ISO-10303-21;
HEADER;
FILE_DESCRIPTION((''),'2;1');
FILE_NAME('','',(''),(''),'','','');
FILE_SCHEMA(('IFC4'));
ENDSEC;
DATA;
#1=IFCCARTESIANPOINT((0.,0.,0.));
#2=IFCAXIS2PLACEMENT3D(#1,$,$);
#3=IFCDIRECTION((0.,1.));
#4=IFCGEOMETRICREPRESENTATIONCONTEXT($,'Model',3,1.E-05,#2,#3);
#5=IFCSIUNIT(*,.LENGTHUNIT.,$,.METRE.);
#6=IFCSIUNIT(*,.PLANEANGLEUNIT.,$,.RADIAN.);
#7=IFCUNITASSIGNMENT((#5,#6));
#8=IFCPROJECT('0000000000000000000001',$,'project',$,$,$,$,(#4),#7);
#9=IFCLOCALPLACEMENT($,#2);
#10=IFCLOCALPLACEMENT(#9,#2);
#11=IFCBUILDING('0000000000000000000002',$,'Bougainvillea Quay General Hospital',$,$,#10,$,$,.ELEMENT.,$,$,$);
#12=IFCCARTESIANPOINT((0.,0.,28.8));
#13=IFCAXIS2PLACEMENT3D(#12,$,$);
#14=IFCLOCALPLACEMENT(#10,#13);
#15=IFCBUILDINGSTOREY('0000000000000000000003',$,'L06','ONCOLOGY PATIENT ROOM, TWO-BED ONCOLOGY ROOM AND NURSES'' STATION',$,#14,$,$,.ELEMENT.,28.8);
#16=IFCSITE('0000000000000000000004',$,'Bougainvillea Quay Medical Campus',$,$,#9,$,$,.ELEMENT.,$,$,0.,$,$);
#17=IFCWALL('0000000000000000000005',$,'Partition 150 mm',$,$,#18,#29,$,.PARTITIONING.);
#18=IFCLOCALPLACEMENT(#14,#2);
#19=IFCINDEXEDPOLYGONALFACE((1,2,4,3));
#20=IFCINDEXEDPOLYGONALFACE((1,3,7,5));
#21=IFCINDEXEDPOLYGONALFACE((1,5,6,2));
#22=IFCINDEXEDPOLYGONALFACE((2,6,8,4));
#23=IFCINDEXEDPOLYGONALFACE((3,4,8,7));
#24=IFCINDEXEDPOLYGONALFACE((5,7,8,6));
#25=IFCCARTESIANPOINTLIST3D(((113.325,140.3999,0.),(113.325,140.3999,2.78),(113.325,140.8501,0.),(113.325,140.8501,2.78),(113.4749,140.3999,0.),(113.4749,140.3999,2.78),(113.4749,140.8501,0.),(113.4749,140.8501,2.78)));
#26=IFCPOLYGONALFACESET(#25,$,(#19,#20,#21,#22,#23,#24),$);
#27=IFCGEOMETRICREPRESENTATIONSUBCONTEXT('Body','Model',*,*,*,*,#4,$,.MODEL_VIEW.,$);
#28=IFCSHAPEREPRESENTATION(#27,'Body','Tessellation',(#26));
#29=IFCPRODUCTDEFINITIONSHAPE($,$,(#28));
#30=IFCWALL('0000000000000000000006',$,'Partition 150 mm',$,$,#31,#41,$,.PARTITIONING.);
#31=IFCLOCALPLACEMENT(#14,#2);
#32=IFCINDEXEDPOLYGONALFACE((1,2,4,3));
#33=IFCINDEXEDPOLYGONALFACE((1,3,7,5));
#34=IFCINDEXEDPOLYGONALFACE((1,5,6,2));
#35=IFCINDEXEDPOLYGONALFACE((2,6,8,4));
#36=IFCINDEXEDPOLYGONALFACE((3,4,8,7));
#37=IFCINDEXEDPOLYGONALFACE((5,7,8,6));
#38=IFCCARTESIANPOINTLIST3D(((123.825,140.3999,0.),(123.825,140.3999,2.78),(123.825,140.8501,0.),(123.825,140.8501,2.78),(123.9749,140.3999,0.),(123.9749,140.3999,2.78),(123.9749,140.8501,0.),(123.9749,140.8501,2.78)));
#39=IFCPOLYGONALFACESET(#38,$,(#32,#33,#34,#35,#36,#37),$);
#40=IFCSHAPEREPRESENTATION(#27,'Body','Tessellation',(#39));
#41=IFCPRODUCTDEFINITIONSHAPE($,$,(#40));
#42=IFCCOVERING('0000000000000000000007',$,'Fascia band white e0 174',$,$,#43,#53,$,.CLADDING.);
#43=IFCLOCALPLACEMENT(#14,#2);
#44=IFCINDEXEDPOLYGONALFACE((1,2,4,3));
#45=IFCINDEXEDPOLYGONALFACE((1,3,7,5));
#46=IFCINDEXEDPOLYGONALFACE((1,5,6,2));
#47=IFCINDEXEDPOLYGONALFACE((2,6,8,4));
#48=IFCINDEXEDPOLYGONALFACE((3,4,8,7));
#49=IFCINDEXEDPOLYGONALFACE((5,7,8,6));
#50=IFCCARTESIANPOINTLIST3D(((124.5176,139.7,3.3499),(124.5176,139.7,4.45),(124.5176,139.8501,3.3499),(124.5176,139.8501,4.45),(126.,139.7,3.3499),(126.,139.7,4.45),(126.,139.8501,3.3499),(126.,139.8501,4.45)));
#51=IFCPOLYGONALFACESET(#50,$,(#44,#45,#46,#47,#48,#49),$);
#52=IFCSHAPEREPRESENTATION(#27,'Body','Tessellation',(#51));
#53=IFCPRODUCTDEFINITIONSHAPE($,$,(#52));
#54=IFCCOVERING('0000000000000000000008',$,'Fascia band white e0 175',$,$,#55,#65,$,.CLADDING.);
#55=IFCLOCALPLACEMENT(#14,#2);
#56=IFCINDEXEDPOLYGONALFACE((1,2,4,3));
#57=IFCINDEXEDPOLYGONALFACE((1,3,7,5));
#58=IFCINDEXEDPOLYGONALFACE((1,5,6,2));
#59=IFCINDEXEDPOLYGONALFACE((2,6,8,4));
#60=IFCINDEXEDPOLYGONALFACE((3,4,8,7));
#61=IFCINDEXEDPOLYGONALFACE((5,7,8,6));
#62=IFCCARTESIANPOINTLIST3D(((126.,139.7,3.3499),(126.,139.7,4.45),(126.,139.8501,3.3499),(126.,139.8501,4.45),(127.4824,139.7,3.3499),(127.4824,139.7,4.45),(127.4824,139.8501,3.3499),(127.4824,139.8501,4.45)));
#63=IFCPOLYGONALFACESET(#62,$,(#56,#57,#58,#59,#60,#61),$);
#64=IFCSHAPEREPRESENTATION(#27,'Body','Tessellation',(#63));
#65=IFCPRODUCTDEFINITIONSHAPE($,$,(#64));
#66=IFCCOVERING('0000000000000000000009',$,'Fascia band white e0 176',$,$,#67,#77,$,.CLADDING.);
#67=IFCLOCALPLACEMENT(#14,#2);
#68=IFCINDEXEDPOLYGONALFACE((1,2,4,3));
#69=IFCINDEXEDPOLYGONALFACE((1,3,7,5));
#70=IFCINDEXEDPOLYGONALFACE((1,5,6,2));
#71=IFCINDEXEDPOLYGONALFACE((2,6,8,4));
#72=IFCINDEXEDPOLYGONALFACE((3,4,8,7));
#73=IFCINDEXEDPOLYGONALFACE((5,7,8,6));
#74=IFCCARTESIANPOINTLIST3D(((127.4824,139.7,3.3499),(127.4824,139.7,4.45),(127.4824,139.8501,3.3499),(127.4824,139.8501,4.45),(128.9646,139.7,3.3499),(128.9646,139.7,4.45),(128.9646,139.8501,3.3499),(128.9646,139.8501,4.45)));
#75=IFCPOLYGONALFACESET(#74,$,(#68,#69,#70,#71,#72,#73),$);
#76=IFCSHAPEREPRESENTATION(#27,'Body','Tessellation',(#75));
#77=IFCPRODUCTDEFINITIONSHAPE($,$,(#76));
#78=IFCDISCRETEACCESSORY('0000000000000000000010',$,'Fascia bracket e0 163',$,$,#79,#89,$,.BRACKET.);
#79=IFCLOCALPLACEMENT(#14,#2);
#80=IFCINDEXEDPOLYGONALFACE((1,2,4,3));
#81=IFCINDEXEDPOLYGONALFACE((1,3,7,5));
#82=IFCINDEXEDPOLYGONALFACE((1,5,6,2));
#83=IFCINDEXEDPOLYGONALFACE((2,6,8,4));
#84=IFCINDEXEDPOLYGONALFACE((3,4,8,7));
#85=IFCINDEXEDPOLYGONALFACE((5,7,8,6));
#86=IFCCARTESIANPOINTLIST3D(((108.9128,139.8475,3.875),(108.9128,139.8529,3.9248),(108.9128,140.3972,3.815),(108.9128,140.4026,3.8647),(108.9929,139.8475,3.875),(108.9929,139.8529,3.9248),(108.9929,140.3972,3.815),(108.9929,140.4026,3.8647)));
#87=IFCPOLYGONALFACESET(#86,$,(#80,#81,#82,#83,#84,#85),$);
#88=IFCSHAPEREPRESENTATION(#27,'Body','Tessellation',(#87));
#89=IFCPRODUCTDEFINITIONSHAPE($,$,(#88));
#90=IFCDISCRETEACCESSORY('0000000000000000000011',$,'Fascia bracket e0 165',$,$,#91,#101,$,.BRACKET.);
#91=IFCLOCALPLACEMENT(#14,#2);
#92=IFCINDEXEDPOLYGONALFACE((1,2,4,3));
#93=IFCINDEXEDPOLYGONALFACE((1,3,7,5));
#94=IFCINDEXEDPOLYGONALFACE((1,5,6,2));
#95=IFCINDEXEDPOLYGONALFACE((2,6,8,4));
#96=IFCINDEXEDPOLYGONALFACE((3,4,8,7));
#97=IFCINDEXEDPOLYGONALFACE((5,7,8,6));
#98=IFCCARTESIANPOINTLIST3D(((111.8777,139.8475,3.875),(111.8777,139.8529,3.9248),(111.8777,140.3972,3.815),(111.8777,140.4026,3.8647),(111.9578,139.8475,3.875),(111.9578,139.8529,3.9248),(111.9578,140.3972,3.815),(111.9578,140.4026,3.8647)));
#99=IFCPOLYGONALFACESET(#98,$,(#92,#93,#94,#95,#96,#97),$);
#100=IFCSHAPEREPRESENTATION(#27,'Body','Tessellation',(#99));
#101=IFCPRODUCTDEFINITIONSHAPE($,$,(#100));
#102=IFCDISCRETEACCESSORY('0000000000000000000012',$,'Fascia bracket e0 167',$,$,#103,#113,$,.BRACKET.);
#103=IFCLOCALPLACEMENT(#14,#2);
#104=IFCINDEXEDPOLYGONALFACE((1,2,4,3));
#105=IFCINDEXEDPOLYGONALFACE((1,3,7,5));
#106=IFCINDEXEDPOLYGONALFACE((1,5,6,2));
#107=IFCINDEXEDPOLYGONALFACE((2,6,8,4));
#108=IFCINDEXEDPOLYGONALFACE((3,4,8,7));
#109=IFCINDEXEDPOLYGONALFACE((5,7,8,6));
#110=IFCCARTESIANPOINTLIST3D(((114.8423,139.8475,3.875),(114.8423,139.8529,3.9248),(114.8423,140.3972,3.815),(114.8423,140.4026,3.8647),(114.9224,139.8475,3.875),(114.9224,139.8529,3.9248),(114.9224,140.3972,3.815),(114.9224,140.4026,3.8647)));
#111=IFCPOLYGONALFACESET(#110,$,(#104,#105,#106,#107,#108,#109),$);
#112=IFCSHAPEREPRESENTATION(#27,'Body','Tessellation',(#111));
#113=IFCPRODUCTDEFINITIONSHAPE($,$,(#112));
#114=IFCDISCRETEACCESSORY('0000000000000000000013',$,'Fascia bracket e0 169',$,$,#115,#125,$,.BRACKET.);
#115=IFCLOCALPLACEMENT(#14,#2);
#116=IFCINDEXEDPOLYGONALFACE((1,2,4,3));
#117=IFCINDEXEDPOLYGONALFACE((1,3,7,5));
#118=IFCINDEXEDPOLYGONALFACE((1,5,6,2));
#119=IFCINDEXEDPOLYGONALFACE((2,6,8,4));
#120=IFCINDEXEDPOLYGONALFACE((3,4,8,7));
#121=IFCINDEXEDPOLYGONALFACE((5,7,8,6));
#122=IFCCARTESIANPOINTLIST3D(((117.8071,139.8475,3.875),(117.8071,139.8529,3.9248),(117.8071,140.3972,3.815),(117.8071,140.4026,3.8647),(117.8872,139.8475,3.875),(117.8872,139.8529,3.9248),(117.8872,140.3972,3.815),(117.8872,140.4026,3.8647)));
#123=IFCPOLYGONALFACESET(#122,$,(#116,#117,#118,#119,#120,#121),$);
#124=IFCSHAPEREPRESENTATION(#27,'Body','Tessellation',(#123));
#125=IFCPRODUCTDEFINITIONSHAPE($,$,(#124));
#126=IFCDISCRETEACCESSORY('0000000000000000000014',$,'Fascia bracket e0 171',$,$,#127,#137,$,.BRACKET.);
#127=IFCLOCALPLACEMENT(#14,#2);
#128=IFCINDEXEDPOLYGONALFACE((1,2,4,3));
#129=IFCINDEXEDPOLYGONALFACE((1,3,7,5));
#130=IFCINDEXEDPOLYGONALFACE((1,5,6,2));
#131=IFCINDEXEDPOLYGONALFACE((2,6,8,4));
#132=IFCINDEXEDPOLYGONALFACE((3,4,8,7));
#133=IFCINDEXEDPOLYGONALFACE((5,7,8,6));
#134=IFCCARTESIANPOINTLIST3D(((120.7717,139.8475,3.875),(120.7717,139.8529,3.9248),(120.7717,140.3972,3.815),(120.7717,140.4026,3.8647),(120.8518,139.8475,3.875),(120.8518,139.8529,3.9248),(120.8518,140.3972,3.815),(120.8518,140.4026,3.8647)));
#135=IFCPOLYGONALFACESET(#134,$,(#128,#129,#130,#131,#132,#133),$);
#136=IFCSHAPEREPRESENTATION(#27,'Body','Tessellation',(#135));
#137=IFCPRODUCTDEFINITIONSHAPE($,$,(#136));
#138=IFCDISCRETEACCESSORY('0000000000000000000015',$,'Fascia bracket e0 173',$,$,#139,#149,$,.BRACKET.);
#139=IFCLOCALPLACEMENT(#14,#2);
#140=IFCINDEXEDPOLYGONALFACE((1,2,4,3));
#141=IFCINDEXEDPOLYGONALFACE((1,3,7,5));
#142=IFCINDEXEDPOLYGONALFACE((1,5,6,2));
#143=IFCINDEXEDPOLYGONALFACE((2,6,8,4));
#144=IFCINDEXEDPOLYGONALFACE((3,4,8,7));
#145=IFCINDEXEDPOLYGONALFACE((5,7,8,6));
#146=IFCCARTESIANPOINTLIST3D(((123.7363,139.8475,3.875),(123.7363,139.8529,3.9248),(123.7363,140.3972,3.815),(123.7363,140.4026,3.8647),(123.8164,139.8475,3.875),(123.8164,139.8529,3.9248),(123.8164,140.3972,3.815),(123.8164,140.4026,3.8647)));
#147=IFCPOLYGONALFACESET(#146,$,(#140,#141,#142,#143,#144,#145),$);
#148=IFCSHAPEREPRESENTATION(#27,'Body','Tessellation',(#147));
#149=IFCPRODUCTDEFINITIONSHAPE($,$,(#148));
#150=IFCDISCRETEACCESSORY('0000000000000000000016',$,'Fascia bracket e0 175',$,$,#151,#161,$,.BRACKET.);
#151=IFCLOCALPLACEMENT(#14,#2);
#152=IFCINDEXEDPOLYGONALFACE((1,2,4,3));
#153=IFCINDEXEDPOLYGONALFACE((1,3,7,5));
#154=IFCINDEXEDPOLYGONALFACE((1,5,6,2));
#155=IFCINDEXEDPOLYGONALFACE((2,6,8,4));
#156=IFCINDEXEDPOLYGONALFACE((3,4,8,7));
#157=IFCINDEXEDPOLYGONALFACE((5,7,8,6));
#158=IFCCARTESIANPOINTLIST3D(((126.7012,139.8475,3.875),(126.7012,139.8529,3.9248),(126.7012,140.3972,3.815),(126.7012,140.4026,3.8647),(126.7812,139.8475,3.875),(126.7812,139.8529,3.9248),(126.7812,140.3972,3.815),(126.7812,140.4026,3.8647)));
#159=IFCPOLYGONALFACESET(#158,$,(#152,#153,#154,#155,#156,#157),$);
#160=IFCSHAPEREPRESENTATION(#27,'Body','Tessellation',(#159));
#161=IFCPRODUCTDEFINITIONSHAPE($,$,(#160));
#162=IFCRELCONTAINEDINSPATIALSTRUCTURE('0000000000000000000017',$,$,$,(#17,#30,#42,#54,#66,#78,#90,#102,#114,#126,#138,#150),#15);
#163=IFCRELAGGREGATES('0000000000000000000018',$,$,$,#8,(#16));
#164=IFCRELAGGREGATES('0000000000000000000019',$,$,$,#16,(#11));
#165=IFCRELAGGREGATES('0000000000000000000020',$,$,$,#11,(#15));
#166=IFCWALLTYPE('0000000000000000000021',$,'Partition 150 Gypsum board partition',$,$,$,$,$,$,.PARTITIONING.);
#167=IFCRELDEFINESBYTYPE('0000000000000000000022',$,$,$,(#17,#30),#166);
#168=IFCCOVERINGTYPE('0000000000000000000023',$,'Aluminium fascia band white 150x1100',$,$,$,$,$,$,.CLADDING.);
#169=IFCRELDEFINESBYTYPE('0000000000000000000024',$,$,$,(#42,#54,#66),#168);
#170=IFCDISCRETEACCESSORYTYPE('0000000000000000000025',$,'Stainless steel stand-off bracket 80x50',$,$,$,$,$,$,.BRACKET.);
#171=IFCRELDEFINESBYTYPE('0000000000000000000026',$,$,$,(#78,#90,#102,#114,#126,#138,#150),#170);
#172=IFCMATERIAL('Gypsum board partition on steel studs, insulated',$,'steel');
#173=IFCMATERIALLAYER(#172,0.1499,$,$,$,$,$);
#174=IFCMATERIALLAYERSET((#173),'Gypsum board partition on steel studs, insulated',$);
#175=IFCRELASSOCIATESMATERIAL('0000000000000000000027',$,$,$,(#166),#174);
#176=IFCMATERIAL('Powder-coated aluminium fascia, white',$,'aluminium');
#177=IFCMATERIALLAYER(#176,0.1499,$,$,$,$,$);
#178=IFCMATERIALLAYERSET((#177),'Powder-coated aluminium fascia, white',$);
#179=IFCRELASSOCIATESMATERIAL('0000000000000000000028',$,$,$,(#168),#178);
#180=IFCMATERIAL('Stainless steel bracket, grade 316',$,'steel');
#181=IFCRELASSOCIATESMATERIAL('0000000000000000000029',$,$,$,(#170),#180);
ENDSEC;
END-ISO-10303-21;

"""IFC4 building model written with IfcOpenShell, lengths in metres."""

from ifc_helpers import new_model, si_unit, direction, frame, frame_2d, origin, origin_2d, place, context, subcontext, project, spatial, polyline, rectangle, outline, extrude, material, layer, layer_set, material_profile, profile_set, type_object, element, save


model = new_model("IFC4")

# Units and contexts
model_context = context("Model", 3, precision=1e-05, world=origin(), true_north=direction((0.0, 1.0)))
body_context = subcontext(model_context, "Body", "Model", "MODEL_VIEW")
ifc_project = project(units=[si_unit("LENGTHUNIT", "METRE"), si_unit("PLANEANGLEUNIT", "RADIAN")], contexts=[model_context])

# Site, building, storey
site_placement = place(None, origin())
site = spatial("IfcSite", under=ifc_project, at=site_placement, Name="Bougainvillea Quay Medical Campus", CompositionType="ELEMENT", RefElevation=0.0)
building_placement = place(site_placement, origin())
building = spatial("IfcBuilding", under=site, at=building_placement, Name="Bougainvillea Quay General Hospital", CompositionType="ELEMENT")
storey_placement = place(building_placement, frame((0.0, 0.0, 28.8)))
storey = spatial("IfcBuildingStorey", under=building, at=storey_placement, Name="L06", Description="ONCOLOGY PATIENT ROOM, TWO-BED ONCOLOGY ROOM AND NURSES' STATION", CompositionType="ELEMENT", Elevation=28.8)

# Walls
ifc_material_1 = material(Name="Gypsum board partition on steel studs, insulated", Category="steel")
ifc_layer_1 = layer(ifc_material_1, 0.1499)
ifc_layer_set_1 = layer_set([ifc_layer_1], Name="Gypsum board partition on steel studs, insulated")
wall_type = type_object("IfcWallType", Name="Partition 150 Gypsum board partition", PredefinedType="PARTITIONING", material=ifc_layer_set_1)
for number, where, z_axis, x_axis, name in (
    (1, (113.3999, 140.3999, 0.0), (0.0, 0.0, 1.0), (0.0, 1.0, 0.0), "Partition 150 mm"),
    (2, (123.8999, 140.3999, 0.0), (0.0, 0.0, 1.0), (0.0, 1.0, 0.0), "Partition 150 mm"),
):
    element("IfcWall", number, at=place(storey_placement, frame(where, z_axis=z_axis, x_axis=x_axis)), inside=storey, type_object=wall_type, Name=name, PredefinedType="PARTITIONING", context=body_context, shape_type="SweptSolid", body=[
        extrude(rectangle(XDim=0.4502, YDim=0.1499, at=frame_2d((0.2251, 0.0))), origin(), (0.0, 0.0, 1.0), 2.78),
    ])

# Coverings
ifc_material_2 = material(Name="Powder-coated aluminium fascia, white", Category="aluminium")
ifc_layer_2 = layer(ifc_material_2, 0.1499)
ifc_layer_set_2 = layer_set([ifc_layer_2], Name="Powder-coated aluminium fascia, white")
covering_type = type_object("IfcCoveringType", Name="Aluminium fascia band white 150x1100", PredefinedType="CLADDING", material=ifc_layer_set_2)
for number, where, z_axis, x_axis, name in (
    (3, (124.5176, 139.8501, 3.3499), (0.0, 0.0, 1.0), (1.0, 0.0, 0.0), "Fascia band white e0 174"),
    (4, (126.0, 139.8501, 3.3499), (0.0, 0.0, 1.0), (1.0, 0.0, 0.0), "Fascia band white e0 175"),
):
    element("IfcCovering", number, at=place(storey_placement, frame(where, z_axis=z_axis, x_axis=x_axis)), inside=storey, type_object=covering_type, Name=name, PredefinedType="CLADDING", context=body_context, shape_type="SweptSolid", body=[
        extrude(outline(polyline([(0.0, 0.0), (1.4824, 0.0), (1.4824, -0.1501), (0.0, -0.1501), (0.0, 0.0)])), origin(), (0.0, 0.0, 1.0), 1.1001),
    ])
covering_placement = place(storey_placement, frame((127.4824, 139.8501, 3.3499), z_axis=(0.0, 0.0, 1.0), x_axis=(1.0, 0.0, 0.0)))
element("IfcCovering", 5, at=covering_placement, inside=storey, type_object=covering_type, Name="Fascia band white e0 176", PredefinedType="CLADDING", context=body_context, shape_type="SweptSolid", body=[
    extrude(outline(polyline([(0.0, 0.0), (1.4822, 0.0), (1.4822, -0.1501), (0.0, -0.1501), (0.0, 0.0)])), origin(), (0.0, 0.0, 1.0), 1.1001),
])

# Discrete accessories
ifc_material_3 = material(Name="Stainless steel bracket, grade 316", Category="steel")
ifc_material_profile_1 = material_profile(ifc_material_3, rectangle(XDim=0.0801, YDim=0.05, at=origin_2d()))
ifc_profile_set_1 = profile_set([ifc_material_profile_1], Name="Stainless steel bracket, grade 316")
discrete_accessory_type = type_object("IfcDiscreteAccessoryType", Name="Stainless steel stand-off bracket 80x50", PredefinedType="BRACKET", material=ifc_profile_set_1)
for number, where, z_axis, x_axis, name in (
    (6, (108.9529, 140.3999, 3.8398), (0.0, -0.994087, 0.10859), (1.0, 0.0, 0.0), "Fascia bracket e0 163"),
    (7, (111.9177, 140.3999, 3.8398), (0.0, -0.994087, 0.10859), (1.0, 0.0, 0.0), "Fascia bracket e0 165"),
    (8, (114.8823, 140.3999, 3.8398), (0.0, -0.994087, 0.10859), (1.0, 0.0, 0.0), "Fascia bracket e0 167"),
    (9, (117.8472, 140.3999, 3.8398), (0.0, -0.994087, 0.10859), (1.0, 0.0, 0.0), "Fascia bracket e0 169"),
    (10, (120.8118, 140.3999, 3.8398), (0.0, -0.994087, 0.10859), (1.0, 0.0, 0.0), "Fascia bracket e0 171"),
    (11, (123.7764, 140.3999, 3.8398), (0.0, -0.994087, 0.10859), (1.0, 0.0, 0.0), "Fascia bracket e0 173"),
    (12, (126.7412, 140.3999, 3.8398), (0.0, -0.994087, 0.10859), (1.0, 0.0, 0.0), "Fascia bracket e0 175"),
):
    element("IfcDiscreteAccessory", number, at=place(storey_placement, frame(where, z_axis=z_axis, x_axis=x_axis)), inside=storey, type_object=discrete_accessory_type, Name=name, PredefinedType="BRACKET", context=body_context, shape_type="SweptSolid", body=[
        extrude(rectangle(XDim=0.0801, YDim=0.05, at=origin_2d()), origin(), (0.0, 0.0, 1.0), 0.553),
    ])

save(model, "model.ifc")
